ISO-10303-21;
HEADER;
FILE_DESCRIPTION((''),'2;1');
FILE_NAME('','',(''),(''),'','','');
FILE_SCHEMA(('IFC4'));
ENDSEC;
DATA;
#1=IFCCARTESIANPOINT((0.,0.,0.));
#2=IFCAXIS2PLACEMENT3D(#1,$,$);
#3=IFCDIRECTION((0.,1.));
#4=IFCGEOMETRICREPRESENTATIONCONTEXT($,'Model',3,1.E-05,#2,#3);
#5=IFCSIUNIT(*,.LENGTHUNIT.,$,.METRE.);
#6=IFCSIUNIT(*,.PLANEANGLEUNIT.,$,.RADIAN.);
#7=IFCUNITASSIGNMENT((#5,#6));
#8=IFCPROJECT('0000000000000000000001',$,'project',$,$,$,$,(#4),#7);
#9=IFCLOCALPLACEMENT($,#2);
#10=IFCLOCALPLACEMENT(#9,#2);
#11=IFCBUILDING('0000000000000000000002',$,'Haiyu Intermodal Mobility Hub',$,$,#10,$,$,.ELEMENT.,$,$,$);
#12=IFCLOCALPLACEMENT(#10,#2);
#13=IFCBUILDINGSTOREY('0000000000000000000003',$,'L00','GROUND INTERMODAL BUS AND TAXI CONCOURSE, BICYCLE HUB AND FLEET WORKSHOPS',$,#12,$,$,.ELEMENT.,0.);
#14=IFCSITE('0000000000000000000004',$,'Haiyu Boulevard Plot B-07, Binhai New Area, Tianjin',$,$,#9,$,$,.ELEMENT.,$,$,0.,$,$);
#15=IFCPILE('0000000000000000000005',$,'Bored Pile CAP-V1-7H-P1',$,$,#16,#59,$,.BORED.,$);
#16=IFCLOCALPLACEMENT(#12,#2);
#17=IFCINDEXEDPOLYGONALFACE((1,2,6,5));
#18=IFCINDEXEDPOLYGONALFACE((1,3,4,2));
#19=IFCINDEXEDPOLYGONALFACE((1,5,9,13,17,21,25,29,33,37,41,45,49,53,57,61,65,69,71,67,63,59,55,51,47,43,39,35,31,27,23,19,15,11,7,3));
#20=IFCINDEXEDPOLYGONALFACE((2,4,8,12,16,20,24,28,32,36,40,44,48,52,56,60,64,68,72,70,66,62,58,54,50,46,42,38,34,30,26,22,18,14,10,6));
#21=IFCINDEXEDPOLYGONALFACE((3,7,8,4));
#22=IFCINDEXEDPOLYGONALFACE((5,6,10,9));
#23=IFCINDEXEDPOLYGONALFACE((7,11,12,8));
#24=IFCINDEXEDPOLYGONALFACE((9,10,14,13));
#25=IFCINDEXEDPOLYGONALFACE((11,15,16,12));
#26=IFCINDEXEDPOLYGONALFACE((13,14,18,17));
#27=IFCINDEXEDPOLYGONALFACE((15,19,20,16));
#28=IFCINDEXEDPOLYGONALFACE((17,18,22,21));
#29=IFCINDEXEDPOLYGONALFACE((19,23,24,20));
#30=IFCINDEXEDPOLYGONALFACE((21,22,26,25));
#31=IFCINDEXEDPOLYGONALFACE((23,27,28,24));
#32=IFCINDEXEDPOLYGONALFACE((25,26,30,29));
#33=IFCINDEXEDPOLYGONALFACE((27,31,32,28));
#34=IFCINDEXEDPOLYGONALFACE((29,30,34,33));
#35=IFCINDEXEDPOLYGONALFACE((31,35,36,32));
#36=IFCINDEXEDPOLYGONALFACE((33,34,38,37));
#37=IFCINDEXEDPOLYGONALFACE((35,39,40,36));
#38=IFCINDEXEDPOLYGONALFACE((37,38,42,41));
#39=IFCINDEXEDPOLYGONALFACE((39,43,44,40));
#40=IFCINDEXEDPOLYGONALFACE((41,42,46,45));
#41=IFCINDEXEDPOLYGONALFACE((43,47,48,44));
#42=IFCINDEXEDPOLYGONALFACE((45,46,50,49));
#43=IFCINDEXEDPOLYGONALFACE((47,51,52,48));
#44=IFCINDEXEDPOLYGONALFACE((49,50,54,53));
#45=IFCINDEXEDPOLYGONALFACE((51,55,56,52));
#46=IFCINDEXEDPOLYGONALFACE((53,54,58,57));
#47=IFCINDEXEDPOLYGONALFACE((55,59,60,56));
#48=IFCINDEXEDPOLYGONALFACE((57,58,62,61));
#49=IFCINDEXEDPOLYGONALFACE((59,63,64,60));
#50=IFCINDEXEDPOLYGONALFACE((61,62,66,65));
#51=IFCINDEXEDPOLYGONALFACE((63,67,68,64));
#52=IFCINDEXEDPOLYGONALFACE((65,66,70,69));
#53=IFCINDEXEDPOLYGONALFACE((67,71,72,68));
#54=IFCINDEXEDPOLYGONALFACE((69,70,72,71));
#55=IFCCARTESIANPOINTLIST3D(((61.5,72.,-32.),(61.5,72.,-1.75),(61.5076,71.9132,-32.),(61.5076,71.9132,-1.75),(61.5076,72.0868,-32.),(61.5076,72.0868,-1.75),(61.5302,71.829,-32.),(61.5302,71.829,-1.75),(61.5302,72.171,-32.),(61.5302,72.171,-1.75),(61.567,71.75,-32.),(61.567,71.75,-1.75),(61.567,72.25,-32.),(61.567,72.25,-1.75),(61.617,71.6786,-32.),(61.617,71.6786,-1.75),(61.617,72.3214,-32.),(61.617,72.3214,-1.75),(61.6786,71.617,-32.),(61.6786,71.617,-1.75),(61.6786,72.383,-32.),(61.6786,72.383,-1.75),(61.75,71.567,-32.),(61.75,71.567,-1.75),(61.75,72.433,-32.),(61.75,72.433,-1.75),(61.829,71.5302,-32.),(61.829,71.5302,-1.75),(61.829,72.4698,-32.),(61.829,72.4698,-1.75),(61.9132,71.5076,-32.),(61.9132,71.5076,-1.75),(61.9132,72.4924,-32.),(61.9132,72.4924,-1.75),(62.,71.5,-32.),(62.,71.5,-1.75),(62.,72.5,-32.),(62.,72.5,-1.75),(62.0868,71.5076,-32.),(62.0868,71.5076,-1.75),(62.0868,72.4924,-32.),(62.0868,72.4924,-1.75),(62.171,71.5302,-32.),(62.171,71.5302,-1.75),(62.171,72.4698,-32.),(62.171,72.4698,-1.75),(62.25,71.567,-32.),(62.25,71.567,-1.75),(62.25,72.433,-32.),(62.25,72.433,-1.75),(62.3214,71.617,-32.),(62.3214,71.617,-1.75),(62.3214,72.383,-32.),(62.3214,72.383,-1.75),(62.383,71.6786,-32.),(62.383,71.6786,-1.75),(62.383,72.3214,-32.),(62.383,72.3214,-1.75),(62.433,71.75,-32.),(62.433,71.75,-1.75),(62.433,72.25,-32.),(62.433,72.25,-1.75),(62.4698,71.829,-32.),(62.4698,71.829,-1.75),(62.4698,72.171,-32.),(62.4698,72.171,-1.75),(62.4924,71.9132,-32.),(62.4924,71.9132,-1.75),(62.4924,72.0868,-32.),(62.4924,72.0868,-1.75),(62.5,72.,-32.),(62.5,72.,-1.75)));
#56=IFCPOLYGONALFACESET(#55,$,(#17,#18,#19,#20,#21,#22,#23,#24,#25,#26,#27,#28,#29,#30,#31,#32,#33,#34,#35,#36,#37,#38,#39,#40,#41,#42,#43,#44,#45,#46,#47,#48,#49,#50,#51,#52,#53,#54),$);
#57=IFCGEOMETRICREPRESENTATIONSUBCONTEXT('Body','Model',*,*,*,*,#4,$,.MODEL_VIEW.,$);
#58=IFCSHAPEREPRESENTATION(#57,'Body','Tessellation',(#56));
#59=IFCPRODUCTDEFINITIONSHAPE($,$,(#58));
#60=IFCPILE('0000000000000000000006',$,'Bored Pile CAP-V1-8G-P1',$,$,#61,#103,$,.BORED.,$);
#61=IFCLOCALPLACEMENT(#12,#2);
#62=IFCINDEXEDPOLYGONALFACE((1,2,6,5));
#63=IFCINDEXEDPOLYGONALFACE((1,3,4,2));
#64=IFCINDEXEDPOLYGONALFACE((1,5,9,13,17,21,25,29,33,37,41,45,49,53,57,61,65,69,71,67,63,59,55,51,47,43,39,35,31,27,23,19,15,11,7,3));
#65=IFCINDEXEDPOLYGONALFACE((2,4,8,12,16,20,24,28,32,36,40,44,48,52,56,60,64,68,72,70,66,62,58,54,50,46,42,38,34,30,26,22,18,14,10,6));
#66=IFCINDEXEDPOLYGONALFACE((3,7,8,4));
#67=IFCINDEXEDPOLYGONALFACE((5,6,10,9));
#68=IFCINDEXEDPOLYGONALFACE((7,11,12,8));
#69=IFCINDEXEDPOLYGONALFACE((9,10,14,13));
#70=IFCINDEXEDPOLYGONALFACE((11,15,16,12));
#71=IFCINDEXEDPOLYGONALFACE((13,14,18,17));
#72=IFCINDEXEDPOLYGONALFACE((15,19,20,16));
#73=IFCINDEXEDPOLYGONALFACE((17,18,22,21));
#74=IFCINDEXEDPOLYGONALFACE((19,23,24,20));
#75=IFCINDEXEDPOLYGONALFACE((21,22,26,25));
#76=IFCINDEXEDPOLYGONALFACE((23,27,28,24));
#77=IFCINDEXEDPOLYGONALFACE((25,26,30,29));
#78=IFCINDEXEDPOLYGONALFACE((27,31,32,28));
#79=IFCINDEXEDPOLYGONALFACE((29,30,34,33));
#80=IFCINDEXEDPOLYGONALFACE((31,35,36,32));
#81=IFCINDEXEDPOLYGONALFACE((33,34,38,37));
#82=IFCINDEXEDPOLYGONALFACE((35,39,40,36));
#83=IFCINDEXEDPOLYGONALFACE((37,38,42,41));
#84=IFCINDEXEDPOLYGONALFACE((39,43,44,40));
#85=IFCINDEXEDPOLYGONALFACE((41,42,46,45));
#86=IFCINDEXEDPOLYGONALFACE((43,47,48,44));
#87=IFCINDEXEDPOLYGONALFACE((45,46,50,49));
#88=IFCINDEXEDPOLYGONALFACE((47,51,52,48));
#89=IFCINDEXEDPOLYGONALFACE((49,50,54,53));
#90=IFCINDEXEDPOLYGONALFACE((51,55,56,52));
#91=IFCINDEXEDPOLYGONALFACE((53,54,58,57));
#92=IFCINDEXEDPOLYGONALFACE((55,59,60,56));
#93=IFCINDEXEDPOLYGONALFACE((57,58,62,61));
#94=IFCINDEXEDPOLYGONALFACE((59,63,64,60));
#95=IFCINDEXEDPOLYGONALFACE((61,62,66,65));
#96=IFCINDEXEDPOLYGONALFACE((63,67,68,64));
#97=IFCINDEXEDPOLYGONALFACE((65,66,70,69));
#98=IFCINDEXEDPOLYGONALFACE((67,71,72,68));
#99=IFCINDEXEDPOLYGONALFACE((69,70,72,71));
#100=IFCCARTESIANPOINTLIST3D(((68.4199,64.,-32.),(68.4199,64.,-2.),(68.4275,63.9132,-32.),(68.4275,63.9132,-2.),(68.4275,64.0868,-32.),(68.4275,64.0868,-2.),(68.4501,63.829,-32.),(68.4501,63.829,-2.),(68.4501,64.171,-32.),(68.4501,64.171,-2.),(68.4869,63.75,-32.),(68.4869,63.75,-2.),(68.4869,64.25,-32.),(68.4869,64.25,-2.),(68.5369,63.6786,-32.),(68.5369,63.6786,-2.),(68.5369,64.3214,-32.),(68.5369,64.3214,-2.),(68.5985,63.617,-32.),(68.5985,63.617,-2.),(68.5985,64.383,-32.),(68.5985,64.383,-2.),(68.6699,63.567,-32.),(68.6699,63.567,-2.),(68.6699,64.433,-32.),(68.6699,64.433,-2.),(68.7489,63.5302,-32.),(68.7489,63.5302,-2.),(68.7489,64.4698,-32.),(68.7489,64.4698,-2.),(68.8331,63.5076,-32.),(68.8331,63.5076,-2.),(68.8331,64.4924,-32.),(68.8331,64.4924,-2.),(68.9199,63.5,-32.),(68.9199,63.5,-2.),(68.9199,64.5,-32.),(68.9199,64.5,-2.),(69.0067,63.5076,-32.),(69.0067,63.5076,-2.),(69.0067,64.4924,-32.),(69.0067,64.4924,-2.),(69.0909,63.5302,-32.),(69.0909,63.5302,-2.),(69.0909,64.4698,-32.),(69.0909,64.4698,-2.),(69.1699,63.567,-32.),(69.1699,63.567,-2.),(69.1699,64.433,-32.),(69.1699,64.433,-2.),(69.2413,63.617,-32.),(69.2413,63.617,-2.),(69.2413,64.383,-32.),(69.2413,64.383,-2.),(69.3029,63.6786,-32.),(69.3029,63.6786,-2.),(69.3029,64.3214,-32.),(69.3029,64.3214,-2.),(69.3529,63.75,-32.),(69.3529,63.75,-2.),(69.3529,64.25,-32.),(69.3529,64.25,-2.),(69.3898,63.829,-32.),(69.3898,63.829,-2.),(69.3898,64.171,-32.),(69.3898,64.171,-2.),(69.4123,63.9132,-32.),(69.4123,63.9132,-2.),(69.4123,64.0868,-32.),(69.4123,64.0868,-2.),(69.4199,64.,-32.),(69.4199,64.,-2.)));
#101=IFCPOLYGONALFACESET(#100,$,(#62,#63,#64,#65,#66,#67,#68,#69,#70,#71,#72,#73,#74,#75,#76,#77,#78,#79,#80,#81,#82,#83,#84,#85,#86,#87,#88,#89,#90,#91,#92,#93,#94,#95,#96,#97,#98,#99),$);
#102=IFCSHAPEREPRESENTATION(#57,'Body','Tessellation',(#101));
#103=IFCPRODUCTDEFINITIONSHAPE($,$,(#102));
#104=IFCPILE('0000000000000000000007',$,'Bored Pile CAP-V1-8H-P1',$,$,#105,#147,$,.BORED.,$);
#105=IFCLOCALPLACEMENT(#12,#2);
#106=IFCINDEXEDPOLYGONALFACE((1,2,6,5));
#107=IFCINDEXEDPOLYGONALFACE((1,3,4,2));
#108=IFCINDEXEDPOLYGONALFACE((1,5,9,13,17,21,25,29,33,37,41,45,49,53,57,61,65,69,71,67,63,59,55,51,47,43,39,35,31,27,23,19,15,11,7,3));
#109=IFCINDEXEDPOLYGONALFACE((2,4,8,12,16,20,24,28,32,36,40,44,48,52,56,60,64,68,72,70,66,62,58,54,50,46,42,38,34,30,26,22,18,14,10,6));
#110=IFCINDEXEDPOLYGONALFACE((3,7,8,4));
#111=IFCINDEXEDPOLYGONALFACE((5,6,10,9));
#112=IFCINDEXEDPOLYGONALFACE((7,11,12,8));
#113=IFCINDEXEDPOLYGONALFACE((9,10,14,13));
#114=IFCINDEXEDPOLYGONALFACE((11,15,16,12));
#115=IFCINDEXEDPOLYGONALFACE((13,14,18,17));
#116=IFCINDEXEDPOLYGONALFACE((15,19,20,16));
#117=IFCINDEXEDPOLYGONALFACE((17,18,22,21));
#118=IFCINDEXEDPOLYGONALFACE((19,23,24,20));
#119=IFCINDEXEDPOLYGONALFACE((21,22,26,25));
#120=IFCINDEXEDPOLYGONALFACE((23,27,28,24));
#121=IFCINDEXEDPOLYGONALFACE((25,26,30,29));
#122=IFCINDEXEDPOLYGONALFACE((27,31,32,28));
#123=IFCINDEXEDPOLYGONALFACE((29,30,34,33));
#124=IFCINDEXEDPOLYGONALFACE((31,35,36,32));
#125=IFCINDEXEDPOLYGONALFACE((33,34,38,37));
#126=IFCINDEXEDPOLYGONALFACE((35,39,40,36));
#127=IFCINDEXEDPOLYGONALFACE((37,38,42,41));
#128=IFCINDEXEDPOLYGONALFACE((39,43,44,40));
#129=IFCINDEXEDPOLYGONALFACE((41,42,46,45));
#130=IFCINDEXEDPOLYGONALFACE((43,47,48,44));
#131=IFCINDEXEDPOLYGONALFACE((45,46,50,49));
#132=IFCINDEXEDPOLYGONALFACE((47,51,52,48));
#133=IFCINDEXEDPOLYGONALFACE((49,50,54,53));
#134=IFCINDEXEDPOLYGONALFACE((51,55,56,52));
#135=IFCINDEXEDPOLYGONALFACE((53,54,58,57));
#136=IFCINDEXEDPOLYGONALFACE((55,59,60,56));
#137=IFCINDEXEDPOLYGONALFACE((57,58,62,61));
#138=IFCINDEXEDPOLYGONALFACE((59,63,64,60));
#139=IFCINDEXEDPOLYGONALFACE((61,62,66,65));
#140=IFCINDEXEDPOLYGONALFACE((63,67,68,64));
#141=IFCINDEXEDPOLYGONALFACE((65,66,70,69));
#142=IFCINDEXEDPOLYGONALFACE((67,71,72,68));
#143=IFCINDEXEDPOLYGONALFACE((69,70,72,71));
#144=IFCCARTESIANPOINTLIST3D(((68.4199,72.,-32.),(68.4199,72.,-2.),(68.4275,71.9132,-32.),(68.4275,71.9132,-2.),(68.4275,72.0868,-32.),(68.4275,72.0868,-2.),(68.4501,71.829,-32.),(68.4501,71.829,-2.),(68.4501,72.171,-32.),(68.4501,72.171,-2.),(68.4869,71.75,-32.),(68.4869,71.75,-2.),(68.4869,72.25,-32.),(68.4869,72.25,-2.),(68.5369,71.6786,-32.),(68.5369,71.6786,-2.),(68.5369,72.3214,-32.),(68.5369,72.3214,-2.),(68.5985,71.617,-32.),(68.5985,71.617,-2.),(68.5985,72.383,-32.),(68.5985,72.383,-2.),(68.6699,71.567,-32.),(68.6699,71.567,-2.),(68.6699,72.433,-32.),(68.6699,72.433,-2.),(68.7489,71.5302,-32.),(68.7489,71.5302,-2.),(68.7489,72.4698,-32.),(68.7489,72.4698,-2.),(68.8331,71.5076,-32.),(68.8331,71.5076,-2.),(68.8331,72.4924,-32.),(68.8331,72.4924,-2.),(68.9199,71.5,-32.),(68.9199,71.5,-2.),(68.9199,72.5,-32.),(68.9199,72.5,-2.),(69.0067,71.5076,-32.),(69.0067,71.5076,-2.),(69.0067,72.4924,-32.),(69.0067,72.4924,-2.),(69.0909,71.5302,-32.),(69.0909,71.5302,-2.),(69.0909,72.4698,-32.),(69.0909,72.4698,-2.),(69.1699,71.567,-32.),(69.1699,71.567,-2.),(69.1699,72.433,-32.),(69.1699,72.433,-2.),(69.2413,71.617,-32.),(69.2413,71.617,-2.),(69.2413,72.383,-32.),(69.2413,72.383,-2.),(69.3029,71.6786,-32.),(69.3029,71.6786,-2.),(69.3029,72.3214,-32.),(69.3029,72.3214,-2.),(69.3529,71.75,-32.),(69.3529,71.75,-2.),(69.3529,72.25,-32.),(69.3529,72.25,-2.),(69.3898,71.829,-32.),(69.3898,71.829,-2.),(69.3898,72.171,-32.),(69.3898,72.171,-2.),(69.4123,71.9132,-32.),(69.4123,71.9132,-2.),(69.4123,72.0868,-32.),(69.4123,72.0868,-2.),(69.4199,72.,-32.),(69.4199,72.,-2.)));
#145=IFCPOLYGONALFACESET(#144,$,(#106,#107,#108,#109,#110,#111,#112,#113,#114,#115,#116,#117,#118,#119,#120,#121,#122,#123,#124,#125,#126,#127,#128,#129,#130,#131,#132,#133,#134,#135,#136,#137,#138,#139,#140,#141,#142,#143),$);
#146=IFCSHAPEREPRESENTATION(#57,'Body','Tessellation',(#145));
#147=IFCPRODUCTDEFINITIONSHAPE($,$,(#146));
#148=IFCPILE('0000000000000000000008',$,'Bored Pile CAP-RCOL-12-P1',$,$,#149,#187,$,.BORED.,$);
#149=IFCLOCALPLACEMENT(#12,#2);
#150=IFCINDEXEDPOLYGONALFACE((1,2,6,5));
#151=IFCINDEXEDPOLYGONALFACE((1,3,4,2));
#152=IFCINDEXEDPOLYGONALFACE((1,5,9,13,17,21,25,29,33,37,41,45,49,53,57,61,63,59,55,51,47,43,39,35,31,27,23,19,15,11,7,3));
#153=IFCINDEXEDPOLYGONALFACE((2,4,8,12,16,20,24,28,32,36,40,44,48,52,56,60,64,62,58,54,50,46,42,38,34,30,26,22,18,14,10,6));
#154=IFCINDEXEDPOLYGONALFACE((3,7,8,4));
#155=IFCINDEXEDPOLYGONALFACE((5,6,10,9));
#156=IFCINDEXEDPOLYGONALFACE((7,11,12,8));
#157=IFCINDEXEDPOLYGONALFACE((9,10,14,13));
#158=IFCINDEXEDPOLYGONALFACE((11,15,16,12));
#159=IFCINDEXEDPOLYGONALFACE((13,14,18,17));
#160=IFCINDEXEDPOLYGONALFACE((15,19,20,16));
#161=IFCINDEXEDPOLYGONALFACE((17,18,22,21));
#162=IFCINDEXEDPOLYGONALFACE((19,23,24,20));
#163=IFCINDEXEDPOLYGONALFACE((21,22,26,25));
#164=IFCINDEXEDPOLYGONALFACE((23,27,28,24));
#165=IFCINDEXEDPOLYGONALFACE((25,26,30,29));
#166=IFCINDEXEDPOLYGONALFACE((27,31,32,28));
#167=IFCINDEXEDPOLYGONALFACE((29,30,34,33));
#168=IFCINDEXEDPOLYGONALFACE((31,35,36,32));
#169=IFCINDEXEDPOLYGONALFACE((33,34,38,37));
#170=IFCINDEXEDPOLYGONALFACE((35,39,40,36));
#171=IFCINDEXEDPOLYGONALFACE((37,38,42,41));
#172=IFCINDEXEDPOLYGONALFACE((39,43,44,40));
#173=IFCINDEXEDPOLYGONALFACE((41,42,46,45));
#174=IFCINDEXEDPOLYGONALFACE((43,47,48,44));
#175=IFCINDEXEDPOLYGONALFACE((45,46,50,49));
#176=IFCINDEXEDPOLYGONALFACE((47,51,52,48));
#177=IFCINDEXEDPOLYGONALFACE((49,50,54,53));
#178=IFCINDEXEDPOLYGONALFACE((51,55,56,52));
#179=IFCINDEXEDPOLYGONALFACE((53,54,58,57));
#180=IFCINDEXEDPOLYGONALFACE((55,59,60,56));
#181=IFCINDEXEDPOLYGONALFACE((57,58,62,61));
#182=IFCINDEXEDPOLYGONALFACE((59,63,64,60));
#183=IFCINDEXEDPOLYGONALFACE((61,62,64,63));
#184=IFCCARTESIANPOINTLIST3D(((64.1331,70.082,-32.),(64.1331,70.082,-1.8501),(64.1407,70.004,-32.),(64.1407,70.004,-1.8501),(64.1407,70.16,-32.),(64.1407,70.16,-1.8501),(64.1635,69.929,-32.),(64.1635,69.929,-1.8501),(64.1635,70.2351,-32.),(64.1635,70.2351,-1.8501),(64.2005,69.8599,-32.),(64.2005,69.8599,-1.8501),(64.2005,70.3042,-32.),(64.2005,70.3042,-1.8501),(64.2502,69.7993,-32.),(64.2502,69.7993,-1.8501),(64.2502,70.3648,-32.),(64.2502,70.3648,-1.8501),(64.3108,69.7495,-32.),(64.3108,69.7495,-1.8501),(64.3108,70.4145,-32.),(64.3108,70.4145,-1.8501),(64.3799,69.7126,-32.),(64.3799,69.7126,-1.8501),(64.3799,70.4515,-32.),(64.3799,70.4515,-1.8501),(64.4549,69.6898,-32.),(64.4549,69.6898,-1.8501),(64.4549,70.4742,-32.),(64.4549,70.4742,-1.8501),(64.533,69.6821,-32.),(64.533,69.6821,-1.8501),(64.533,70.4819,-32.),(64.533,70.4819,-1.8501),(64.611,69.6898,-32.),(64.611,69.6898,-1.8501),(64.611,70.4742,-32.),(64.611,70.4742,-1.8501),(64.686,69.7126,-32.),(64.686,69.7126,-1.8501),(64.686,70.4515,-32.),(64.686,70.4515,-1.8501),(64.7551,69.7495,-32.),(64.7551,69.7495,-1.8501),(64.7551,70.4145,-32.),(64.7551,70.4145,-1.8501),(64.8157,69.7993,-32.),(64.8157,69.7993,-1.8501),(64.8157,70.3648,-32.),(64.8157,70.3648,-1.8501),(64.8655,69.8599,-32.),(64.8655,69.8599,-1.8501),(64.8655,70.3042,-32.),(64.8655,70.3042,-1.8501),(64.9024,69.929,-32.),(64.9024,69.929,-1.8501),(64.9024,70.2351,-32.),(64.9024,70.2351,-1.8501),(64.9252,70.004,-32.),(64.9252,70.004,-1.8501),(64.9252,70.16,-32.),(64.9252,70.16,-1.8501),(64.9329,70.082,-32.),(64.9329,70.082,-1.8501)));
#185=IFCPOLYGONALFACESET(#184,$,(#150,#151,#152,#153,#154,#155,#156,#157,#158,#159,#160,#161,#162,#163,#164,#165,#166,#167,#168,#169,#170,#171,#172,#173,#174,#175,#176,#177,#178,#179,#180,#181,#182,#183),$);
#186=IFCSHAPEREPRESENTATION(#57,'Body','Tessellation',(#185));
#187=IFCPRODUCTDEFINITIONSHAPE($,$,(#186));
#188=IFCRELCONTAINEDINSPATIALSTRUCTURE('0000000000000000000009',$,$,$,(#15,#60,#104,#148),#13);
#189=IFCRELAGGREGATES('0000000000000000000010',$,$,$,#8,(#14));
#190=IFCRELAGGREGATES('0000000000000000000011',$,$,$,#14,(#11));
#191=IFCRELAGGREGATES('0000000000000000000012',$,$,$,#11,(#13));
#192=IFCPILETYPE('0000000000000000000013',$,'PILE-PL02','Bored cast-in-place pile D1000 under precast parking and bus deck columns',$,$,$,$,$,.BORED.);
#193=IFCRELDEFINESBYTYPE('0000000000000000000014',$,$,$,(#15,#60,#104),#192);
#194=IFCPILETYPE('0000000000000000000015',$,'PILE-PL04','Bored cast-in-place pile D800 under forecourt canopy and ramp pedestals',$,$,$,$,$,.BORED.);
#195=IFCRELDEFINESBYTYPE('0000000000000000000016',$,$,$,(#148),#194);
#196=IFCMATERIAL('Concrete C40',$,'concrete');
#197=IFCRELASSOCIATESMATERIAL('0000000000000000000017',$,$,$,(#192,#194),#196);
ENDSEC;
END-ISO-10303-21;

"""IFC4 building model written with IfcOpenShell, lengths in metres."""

from ifc_helpers import new_model, si_unit, direction, frame, origin, origin_2d, place, context, subcontext, project, spatial, circle, extrude, material, material_profile, profile_set, type_object, element, save


model = new_model("IFC4")

# Units and contexts
model_context = context("Model", 3, precision=1e-05, world=origin(), true_north=direction((0.0, 1.0)))
body_context = subcontext(model_context, "Body", "Model", "MODEL_VIEW")
ifc_project = project(units=[si_unit("LENGTHUNIT", "METRE"), si_unit("PLANEANGLEUNIT", "RADIAN")], contexts=[model_context])

# Site, building, storey
site_placement = place(None, origin())
site = spatial("IfcSite", under=ifc_project, at=site_placement, Name="Haiyu Boulevard Plot B-07, Binhai New Area, Tianjin", CompositionType="ELEMENT", RefElevation=0.0)
building_placement = place(site_placement, origin())
building = spatial("IfcBuilding", under=site, at=building_placement, Name="Haiyu Intermodal Mobility Hub", CompositionType="ELEMENT")
storey_placement = place(building_placement, origin())
storey = spatial("IfcBuildingStorey", under=building, at=storey_placement, Name="L00", Description="GROUND INTERMODAL BUS AND TAXI CONCOURSE, BICYCLE HUB AND FLEET WORKSHOPS", CompositionType="ELEMENT", Elevation=0.0)

# Shared definitions
ifc_material_1 = material(Name="Concrete C40", Category="concrete")

# Piles
ifc_material_profile_1 = material_profile(ifc_material_1, circle(Radius=0.5, at=origin_2d()), Name="PILE-D1000")
ifc_profile_set_1 = profile_set([ifc_material_profile_1], Name="Concrete C40")
pile_type_1 = type_object("IfcPileType", Name="PILE-PL02", Description="Bored cast-in-place pile D1000 under precast parking and bus deck columns", PredefinedType="BORED", material=ifc_profile_set_1)
pile_1_placement = place(storey_placement, frame((62.0, 72.0, -1.75), z_axis=(0.0, 0.0, -1.0), x_axis=(1.0, 0.0, 0.0)))
element("IfcPile", 1, at=pile_1_placement, inside=storey, type_object=pile_type_1, Name="Bored Pile CAP-V1-7H-P1", PredefinedType="BORED", context=body_context, shape_type="SweptSolid", body=[
    extrude(circle(Radius=0.5, at=origin_2d()), origin(), (0.0, 0.0, 1.0), 30.25),
])
for number, where, z_axis, x_axis, name in (
    (2, (68.9199, 64.0, -2.0), (0.0, 0.0, -1.0), (1.0, 0.0, 0.0), "Bored Pile CAP-V1-8G-P1"),
    (3, (68.9199, 72.0, -2.0), (0.0, 0.0, -1.0), (1.0, 0.0, 0.0), "Bored Pile CAP-V1-8H-P1"),
):
    element("IfcPile", number, at=place(storey_placement, frame(where, z_axis=z_axis, x_axis=x_axis)), inside=storey, type_object=pile_type_1, Name=name, PredefinedType="BORED", context=body_context, shape_type="SweptSolid", body=[
        extrude(circle(Radius=0.5, at=origin_2d()), origin(), (0.0, 0.0, 1.0), 30.0),
    ])
ifc_material_profile_2 = material_profile(ifc_material_1, circle(Radius=0.3999, at=origin_2d()), Name="PILE-D800")
ifc_profile_set_2 = profile_set([ifc_material_profile_2], Name="Concrete C40")
pile_type_2 = type_object("IfcPileType", Name="PILE-PL04", Description="Bored cast-in-place pile D800 under forecourt canopy and ramp pedestals", PredefinedType="BORED", material=ifc_profile_set_2)
for number, where, z_axis, x_axis, name in (
    (4, (64.533, 70.082, -1.8501), (0.0, 0.0, -1.0), (1.0, 0.0, 0.0), "Bored Pile CAP-RCOL-12-P1"),
):
    element("IfcPile", number, at=place(storey_placement, frame(where, z_axis=z_axis, x_axis=x_axis)), inside=storey, type_object=pile_type_2, Name=name, PredefinedType="BORED", context=body_context, shape_type="SweptSolid", body=[
        extrude(circle(Radius=0.3999, at=origin_2d()), origin(), (0.0, 0.0, 1.0), 30.1499),
    ])

save(model, "model.ifc")
